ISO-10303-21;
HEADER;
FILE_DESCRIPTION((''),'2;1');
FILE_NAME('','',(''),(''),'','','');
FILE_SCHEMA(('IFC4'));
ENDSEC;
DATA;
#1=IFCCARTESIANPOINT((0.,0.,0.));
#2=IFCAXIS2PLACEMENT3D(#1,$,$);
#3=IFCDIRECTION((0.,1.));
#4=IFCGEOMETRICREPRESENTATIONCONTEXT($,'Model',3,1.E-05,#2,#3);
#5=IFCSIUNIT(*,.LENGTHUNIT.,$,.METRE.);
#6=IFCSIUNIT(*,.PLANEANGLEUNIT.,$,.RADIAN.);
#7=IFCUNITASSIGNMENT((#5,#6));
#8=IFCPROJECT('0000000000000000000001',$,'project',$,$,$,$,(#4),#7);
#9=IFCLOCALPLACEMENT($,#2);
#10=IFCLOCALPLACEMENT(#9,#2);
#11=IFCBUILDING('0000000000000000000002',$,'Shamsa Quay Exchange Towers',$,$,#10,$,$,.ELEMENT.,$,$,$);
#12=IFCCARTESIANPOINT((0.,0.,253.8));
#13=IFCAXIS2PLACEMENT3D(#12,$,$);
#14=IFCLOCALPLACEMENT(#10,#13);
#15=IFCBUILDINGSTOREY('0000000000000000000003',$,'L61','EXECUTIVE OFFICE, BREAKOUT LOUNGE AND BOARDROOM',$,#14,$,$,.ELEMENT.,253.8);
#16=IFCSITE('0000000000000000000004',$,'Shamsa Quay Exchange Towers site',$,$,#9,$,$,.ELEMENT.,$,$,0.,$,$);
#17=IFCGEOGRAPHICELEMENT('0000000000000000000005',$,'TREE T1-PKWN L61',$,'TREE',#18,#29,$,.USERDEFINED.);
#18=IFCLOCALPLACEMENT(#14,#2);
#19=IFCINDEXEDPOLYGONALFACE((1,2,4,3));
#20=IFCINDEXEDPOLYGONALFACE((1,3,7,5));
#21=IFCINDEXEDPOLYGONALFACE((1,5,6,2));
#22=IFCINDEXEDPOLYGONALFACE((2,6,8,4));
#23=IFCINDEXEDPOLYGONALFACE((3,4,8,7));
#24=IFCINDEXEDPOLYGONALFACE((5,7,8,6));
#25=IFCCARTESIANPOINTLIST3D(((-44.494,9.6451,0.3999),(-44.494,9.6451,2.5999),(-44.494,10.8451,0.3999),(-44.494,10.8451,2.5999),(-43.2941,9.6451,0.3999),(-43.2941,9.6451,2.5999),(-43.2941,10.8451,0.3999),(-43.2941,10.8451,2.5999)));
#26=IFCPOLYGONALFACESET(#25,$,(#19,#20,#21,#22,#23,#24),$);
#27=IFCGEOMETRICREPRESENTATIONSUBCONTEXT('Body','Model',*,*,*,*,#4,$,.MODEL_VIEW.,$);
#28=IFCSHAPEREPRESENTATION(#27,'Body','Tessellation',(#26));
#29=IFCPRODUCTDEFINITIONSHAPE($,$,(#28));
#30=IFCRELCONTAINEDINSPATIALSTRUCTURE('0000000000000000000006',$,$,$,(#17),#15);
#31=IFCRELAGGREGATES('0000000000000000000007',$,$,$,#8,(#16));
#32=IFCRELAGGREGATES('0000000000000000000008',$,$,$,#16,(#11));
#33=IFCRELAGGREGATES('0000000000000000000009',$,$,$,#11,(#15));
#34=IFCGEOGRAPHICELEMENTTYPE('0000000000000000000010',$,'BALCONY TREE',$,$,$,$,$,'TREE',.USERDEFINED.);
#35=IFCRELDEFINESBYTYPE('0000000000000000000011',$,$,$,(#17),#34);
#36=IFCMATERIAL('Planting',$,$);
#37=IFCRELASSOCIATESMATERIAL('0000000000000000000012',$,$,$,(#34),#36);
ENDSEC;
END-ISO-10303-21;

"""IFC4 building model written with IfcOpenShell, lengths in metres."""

from ifc_helpers import new_model, si_unit, direction, frame, origin, origin_2d, place, context, subcontext, project, spatial, rectangle, extrude, material, type_object, element, save


model = new_model("IFC4")

# Units and contexts
model_context = context("Model", 3, precision=1e-05, world=origin(), true_north=direction((0.0, 1.0)))
body_context = subcontext(model_context, "Body", "Model", "MODEL_VIEW")
ifc_project = project(units=[si_unit("LENGTHUNIT", "METRE"), si_unit("PLANEANGLEUNIT", "RADIAN")], contexts=[model_context])

# Site, building, storey
site_placement = place(None, origin())
site = spatial("IfcSite", under=ifc_project, at=site_placement, Name="Shamsa Quay Exchange Towers site", CompositionType="ELEMENT", RefElevation=0.0)
building_placement = place(site_placement, origin())
building = spatial("IfcBuilding", under=site, at=building_placement, Name="Shamsa Quay Exchange Towers", CompositionType="ELEMENT")
storey_placement = place(building_placement, frame((0.0, 0.0, 253.8)))
storey = spatial("IfcBuildingStorey", under=building, at=storey_placement, Name="L61", Description="EXECUTIVE OFFICE, BREAKOUT LOUNGE AND BOARDROOM", CompositionType="ELEMENT", Elevation=253.8)

# Geographic element
ifc_material_1 = material(Name="Planting")
geographic_element_type = type_object("IfcGeographicElementType", Name="BALCONY TREE", ElementType="TREE", PredefinedType="USERDEFINED", material=ifc_material_1)
geographic_element_placement = place(storey_placement, frame((-43.894, 10.2451, 0.3999), z_axis=(0.0, 0.0, 1.0), x_axis=(-1.0, 0.0, 0.0)))
element("IfcGeographicElement", 1, at=geographic_element_placement, inside=storey, type_object=geographic_element_type, Name="TREE T1-PKWN L61", ObjectType="TREE", PredefinedType="USERDEFINED", context=body_context, shape_type="SweptSolid", body=[
    extrude(rectangle(XDim=1.2, YDim=1.2, at=origin_2d()), origin(), (0.0, 0.0, 1.0), 2.2),
])

save(model, "model.ifc")
